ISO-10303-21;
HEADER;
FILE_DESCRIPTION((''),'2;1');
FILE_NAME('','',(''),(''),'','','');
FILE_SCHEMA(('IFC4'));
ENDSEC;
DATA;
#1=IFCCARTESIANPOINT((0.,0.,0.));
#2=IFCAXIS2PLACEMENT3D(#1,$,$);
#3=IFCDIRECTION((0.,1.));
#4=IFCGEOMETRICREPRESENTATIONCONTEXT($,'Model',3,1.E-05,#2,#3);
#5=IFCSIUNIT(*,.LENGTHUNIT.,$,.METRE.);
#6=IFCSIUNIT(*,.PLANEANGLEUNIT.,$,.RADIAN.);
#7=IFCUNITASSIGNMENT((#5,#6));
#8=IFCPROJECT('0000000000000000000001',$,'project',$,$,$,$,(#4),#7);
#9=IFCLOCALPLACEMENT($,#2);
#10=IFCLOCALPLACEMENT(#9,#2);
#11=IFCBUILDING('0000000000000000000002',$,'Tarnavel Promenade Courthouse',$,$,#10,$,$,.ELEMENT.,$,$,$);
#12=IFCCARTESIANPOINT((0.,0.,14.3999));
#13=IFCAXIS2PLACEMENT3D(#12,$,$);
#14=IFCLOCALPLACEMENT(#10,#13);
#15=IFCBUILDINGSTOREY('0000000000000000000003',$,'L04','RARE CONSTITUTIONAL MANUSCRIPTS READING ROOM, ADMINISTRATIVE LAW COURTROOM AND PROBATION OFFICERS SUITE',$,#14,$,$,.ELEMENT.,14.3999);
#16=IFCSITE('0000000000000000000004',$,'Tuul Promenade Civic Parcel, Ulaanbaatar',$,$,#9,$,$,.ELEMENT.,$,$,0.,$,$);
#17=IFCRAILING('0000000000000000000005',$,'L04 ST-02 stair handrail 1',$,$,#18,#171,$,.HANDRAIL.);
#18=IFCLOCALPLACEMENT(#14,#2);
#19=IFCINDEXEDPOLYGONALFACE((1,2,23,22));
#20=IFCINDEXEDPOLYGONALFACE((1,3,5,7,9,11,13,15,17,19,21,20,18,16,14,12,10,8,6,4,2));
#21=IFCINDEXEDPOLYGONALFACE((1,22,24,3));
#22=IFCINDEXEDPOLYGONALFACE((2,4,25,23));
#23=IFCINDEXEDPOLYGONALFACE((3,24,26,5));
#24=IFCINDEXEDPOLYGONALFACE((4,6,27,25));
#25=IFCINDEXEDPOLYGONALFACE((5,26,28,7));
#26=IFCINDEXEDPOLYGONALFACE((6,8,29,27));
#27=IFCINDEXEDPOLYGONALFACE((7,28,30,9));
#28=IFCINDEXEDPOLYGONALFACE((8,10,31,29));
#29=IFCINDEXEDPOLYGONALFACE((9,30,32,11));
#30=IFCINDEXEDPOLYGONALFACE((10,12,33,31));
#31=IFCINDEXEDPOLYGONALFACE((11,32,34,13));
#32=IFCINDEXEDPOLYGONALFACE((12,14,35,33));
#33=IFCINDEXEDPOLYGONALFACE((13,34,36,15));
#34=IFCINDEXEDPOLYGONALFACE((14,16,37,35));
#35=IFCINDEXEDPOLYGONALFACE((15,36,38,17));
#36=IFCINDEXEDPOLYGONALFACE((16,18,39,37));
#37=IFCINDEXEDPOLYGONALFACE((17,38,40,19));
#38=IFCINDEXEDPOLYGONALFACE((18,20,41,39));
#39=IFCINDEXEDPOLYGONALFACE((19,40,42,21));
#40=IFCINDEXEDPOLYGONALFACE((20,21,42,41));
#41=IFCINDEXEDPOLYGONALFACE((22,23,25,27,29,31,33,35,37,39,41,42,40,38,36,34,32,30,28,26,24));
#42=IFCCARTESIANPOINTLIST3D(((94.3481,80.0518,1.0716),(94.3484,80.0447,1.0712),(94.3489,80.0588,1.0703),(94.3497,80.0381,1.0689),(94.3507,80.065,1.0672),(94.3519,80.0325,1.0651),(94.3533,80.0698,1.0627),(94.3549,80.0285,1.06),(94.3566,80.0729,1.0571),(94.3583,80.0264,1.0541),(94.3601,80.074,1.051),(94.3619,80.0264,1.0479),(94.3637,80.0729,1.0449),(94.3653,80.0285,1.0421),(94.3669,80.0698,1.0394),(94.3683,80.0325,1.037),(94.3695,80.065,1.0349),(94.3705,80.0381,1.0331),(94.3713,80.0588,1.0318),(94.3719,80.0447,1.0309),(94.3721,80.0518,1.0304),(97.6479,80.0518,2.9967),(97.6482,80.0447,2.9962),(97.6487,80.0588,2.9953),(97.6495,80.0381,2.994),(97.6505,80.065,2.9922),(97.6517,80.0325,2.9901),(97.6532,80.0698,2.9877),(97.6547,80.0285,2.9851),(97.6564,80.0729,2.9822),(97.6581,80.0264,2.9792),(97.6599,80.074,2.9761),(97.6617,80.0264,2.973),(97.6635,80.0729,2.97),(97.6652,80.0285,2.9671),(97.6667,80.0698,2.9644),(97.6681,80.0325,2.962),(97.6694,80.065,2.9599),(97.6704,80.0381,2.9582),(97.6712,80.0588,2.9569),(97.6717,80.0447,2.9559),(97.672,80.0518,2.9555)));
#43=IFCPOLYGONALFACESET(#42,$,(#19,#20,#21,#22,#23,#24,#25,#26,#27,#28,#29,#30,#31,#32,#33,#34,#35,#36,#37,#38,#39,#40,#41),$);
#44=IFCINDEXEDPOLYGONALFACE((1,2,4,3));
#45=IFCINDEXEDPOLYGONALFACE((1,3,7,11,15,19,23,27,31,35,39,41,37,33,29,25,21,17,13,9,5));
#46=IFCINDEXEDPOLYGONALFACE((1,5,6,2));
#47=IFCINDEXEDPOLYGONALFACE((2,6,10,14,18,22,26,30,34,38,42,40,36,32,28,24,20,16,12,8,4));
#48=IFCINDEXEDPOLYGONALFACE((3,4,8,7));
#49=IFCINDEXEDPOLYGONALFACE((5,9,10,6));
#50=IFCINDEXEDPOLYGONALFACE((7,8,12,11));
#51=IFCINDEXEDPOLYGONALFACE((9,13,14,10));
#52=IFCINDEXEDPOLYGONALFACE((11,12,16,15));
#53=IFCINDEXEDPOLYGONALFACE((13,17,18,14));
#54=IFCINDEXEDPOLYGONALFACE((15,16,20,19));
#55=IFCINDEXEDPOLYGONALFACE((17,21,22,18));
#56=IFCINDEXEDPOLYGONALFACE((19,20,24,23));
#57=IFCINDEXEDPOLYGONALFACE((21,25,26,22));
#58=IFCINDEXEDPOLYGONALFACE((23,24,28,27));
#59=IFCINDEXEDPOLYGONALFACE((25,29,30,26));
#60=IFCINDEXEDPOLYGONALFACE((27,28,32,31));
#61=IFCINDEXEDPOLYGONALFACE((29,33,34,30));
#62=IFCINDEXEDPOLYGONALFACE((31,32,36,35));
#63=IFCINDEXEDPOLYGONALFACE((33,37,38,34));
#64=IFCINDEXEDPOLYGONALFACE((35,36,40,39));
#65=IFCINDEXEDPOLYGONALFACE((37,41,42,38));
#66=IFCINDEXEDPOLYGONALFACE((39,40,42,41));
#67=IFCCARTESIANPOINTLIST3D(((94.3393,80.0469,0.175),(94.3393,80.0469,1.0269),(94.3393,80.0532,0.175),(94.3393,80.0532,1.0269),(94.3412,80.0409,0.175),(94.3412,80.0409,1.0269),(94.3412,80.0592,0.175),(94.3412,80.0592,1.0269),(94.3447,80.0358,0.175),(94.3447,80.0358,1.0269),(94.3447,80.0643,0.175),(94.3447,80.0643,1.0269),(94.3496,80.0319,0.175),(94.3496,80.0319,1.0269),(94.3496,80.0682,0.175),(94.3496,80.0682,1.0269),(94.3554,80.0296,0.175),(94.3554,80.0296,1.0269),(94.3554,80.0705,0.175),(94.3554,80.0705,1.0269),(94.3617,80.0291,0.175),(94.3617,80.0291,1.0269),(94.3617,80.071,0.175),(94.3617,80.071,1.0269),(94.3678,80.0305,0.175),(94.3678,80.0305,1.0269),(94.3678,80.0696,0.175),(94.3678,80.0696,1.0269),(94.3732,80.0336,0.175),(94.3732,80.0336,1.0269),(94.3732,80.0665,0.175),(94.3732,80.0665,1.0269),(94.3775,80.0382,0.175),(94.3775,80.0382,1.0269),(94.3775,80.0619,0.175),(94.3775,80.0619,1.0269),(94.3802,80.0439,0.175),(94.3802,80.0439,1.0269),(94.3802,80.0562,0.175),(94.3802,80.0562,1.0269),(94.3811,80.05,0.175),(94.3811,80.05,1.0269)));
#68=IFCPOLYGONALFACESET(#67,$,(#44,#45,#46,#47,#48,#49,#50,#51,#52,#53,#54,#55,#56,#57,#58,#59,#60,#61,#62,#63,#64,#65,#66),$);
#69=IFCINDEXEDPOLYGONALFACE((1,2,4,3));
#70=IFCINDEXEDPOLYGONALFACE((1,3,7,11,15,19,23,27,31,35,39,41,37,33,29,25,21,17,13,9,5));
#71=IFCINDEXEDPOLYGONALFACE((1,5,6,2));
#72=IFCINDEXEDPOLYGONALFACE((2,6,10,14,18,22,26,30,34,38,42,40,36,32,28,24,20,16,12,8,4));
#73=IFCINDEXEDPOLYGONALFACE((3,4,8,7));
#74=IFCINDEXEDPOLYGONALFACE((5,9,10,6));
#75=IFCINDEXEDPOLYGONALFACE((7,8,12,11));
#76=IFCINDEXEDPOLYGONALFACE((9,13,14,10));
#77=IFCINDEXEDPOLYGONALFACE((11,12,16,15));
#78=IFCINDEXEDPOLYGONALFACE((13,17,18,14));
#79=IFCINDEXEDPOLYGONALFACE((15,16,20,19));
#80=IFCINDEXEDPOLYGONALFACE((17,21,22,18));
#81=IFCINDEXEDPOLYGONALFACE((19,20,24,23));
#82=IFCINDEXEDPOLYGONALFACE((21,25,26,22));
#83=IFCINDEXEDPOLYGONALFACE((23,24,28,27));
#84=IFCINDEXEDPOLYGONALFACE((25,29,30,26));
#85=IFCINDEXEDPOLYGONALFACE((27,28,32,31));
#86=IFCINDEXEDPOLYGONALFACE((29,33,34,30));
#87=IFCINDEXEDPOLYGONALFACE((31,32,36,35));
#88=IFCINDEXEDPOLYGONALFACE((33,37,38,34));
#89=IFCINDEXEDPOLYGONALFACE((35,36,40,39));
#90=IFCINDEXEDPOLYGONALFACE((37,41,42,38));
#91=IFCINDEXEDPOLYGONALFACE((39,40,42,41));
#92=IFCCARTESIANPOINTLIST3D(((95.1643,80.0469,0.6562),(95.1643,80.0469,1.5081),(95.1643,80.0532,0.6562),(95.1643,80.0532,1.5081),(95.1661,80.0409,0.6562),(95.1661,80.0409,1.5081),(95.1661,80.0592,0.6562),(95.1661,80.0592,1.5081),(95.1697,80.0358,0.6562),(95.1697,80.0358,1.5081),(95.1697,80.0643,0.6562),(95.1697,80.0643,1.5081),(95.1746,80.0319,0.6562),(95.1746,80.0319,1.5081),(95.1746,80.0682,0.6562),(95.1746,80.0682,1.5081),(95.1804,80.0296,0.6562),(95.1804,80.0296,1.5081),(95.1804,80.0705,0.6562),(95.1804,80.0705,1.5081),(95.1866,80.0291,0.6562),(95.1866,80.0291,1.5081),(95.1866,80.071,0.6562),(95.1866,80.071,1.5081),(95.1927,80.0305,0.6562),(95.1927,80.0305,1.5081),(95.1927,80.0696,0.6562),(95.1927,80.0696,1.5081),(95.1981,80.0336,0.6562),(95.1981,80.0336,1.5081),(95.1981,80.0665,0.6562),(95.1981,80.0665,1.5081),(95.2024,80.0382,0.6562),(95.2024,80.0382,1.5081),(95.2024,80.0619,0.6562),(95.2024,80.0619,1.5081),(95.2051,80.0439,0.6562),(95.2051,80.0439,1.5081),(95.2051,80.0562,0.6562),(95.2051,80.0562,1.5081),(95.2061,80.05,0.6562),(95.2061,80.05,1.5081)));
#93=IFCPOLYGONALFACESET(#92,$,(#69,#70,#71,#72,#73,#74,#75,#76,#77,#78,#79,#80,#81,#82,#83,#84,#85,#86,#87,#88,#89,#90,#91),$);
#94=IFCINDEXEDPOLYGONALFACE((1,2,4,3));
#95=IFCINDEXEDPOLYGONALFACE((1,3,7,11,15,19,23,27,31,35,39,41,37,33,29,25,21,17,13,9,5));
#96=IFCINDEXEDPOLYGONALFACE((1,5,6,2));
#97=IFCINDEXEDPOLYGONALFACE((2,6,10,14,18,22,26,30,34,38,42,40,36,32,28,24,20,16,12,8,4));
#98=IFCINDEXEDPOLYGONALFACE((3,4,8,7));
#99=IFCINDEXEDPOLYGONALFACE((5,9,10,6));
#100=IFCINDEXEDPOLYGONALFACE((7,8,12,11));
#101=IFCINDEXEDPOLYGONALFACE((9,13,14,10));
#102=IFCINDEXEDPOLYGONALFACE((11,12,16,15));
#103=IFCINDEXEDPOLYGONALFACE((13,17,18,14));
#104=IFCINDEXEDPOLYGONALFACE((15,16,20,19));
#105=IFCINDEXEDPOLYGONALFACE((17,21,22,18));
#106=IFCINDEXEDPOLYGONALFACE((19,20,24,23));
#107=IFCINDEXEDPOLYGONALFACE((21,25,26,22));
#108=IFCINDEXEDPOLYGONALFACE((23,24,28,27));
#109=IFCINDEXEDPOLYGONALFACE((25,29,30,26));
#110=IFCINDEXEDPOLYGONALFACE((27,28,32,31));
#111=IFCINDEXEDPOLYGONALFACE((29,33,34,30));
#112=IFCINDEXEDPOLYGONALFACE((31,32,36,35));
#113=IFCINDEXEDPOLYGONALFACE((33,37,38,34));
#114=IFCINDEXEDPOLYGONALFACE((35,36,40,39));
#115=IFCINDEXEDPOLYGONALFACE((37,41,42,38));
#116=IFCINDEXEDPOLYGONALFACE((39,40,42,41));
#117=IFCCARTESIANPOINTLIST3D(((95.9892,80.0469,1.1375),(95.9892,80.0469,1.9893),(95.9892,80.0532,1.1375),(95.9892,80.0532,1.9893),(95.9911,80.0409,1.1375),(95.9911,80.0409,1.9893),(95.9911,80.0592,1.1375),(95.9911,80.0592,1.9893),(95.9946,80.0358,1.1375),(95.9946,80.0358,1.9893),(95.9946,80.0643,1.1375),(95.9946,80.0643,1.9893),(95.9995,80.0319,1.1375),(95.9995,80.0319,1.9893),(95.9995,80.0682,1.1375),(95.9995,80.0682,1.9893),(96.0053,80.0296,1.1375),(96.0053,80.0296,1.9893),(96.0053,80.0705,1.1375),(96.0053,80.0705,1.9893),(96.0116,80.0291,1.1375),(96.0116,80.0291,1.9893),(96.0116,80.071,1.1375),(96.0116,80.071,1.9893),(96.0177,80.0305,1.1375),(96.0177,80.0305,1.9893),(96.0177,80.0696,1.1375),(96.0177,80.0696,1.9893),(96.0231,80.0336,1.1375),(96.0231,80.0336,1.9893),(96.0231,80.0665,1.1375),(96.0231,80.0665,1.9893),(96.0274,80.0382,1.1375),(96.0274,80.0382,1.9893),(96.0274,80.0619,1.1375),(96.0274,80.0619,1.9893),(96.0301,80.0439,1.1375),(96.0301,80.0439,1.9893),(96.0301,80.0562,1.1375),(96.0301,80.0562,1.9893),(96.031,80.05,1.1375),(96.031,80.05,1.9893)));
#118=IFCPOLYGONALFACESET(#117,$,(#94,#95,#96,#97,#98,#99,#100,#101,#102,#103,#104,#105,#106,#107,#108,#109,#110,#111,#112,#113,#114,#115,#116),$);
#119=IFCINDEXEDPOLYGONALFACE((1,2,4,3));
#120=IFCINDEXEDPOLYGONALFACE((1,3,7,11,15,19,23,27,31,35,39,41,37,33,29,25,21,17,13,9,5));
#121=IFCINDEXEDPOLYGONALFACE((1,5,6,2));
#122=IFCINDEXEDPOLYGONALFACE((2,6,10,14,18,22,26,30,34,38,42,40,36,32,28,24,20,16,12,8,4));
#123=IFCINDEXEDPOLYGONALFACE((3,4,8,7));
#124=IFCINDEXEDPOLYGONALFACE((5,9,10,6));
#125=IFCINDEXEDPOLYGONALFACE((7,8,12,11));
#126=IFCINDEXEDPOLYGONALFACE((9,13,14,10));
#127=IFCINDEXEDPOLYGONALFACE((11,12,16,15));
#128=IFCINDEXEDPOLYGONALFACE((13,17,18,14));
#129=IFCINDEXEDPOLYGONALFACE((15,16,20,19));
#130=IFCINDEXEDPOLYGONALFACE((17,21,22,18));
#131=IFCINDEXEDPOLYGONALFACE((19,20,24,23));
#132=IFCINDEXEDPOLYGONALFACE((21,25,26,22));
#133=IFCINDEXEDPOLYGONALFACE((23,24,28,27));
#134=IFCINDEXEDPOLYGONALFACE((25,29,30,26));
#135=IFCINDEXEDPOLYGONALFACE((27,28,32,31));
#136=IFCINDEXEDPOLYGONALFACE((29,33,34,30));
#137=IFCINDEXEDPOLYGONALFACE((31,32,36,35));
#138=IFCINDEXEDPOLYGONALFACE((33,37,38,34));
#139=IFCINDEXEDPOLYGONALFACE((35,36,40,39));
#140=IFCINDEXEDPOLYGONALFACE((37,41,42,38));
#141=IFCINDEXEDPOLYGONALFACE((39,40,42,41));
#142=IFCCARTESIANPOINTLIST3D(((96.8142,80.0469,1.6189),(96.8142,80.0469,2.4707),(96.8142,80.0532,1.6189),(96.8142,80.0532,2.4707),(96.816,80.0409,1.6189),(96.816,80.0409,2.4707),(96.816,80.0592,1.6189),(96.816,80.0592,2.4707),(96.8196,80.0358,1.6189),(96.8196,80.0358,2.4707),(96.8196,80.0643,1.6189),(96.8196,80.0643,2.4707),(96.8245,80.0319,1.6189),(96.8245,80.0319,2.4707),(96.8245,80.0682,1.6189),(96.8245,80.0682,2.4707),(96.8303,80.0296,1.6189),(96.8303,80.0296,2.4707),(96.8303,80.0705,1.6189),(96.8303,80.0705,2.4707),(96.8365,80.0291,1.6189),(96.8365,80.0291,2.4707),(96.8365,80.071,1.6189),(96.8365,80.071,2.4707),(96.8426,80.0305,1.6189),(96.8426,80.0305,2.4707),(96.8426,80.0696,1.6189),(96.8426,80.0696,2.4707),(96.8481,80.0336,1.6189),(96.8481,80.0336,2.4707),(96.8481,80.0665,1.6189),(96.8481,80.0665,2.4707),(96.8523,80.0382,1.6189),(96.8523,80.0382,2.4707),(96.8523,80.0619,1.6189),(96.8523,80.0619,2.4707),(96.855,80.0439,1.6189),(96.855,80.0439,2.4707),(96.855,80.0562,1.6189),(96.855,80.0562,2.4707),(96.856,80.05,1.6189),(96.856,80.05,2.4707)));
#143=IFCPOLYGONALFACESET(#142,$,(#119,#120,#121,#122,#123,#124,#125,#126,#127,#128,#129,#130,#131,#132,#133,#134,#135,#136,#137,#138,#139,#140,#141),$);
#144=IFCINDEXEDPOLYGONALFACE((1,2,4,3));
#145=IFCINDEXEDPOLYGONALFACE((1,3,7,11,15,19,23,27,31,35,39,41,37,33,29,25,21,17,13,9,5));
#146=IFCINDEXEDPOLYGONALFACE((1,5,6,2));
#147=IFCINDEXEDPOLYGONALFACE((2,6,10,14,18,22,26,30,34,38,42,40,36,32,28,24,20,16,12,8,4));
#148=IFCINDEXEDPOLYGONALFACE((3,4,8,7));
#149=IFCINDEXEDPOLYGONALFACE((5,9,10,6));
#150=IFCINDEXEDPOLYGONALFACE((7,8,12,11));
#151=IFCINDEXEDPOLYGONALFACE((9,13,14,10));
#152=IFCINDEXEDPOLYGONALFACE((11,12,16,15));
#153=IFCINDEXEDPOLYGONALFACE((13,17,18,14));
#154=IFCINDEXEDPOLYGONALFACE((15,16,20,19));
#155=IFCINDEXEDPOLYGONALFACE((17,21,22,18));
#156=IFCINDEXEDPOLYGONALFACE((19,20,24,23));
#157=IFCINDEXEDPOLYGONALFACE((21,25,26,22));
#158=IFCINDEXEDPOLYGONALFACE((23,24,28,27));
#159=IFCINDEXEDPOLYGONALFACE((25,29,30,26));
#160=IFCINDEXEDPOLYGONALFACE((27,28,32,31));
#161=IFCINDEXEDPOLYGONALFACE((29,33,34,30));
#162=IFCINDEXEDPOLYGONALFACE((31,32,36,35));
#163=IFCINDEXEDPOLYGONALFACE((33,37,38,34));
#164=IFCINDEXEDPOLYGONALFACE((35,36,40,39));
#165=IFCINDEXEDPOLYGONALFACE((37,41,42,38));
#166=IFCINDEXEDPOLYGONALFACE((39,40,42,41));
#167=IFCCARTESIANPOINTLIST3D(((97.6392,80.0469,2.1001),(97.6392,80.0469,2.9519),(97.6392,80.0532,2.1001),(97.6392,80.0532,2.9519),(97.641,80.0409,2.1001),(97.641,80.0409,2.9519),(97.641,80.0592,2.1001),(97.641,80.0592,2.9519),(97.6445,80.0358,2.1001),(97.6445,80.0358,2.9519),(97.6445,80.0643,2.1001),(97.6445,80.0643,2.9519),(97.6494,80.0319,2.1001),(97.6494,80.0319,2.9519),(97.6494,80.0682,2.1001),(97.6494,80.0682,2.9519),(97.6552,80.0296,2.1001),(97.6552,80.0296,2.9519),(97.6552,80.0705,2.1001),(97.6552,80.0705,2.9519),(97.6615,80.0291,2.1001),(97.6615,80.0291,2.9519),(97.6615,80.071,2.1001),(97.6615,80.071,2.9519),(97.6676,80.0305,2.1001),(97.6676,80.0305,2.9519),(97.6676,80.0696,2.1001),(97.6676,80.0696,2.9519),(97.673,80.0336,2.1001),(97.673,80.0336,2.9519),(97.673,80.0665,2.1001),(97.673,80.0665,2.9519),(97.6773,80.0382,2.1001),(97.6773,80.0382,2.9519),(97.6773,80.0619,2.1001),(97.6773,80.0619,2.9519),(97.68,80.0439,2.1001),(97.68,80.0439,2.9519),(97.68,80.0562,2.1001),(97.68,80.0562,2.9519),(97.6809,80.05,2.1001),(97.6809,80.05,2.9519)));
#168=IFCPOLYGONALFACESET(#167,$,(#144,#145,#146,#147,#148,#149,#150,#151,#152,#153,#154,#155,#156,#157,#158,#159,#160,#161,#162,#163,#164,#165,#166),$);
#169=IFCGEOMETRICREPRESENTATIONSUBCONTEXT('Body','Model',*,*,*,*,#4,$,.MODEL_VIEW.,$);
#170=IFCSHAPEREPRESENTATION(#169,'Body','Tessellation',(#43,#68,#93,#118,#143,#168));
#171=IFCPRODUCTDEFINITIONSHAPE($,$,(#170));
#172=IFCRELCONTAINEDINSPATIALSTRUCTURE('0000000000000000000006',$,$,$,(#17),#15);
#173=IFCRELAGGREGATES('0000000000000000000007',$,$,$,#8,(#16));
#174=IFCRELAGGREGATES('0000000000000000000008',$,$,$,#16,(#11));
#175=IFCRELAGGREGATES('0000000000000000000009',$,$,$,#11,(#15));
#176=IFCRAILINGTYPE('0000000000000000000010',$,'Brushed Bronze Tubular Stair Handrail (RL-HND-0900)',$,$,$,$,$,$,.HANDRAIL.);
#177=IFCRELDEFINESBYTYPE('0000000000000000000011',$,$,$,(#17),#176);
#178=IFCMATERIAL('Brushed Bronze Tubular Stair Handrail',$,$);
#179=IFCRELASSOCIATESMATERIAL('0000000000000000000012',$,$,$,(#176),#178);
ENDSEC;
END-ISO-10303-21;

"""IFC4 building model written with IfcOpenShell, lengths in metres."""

from ifc_helpers import new_model, si_unit, direction, frame, origin, origin_2d, place, context, subcontext, project, spatial, circle, extrude, material, type_object, element, save


model = new_model("IFC4")

# Units and contexts
model_context = context("Model", 3, precision=1e-05, world=origin(), true_north=direction((0.0, 1.0)))
body_context = subcontext(model_context, "Body", "Model", "MODEL_VIEW")
ifc_project = project(units=[si_unit("LENGTHUNIT", "METRE"), si_unit("PLANEANGLEUNIT", "RADIAN")], contexts=[model_context])

# Site, building, storey
site_placement = place(None, origin())
site = spatial("IfcSite", under=ifc_project, at=site_placement, Name="Tuul Promenade Civic Parcel, Ulaanbaatar", CompositionType="ELEMENT", RefElevation=0.0)
building_placement = place(site_placement, origin())
building = spatial("IfcBuilding", under=site, at=building_placement, Name="Tarnavel Promenade Courthouse", CompositionType="ELEMENT")
storey_placement = place(building_placement, frame((0.0, 0.0, 14.3999)))
storey = spatial("IfcBuildingStorey", under=building, at=storey_placement, Name="L04", Description="RARE CONSTITUTIONAL MANUSCRIPTS READING ROOM, ADMINISTRATIVE LAW COURTROOM AND PROBATION OFFICERS SUITE", CompositionType="ELEMENT", Elevation=14.3999)

# Railing
ifc_material_1 = material(Name="Brushed Bronze Tubular Stair Handrail")
railing_type_1 = type_object("IfcRailingType", Name="Brushed Bronze Tubular Stair Handrail (RL-HND-0900)", PredefinedType="HANDRAIL", material=ifc_material_1)
railing_1_placement = place(storey_placement, frame((94.3601, 80.05, 0.175)))
element("IfcRailing", 1, at=railing_1_placement, inside=storey, type_object=railing_type_1, Name="L04 ST-02 stair handrail 1", PredefinedType="HANDRAIL", context=body_context, shape_type="SweptSolid", body=[
    extrude(circle(Radius=0.0239, at=origin_2d()), frame((0.0, 0.0, 0.876), z_axis=(0.86376, 0.0, 0.503903), x_axis=(0.0, 1.0, 0.0)), (0.0, 0.0, 1.0), 3.8203),
    extrude(circle(Radius=0.021, at=origin_2d()), origin(), (0.0, 0.0, 1.0), 0.8518),
    extrude(circle(Radius=0.021, at=origin_2d()), frame((0.825, 0.0, 0.4812)), (0.0, 0.0, 1.0), 0.8518),
    extrude(circle(Radius=0.021, at=origin_2d()), frame((1.6499, 0.0, 0.9624)), (0.0, 0.0, 1.0), 0.8518),
    extrude(circle(Radius=0.021, at=origin_2d()), frame((2.4749, 0.0, 1.4438)), (0.0, 0.0, 1.0), 0.8518),
    extrude(circle(Radius=0.021, at=origin_2d()), frame((3.2998, 0.0, 1.925)), (0.0, 0.0, 1.0), 0.8518),
])

save(model, "model.ifc")
